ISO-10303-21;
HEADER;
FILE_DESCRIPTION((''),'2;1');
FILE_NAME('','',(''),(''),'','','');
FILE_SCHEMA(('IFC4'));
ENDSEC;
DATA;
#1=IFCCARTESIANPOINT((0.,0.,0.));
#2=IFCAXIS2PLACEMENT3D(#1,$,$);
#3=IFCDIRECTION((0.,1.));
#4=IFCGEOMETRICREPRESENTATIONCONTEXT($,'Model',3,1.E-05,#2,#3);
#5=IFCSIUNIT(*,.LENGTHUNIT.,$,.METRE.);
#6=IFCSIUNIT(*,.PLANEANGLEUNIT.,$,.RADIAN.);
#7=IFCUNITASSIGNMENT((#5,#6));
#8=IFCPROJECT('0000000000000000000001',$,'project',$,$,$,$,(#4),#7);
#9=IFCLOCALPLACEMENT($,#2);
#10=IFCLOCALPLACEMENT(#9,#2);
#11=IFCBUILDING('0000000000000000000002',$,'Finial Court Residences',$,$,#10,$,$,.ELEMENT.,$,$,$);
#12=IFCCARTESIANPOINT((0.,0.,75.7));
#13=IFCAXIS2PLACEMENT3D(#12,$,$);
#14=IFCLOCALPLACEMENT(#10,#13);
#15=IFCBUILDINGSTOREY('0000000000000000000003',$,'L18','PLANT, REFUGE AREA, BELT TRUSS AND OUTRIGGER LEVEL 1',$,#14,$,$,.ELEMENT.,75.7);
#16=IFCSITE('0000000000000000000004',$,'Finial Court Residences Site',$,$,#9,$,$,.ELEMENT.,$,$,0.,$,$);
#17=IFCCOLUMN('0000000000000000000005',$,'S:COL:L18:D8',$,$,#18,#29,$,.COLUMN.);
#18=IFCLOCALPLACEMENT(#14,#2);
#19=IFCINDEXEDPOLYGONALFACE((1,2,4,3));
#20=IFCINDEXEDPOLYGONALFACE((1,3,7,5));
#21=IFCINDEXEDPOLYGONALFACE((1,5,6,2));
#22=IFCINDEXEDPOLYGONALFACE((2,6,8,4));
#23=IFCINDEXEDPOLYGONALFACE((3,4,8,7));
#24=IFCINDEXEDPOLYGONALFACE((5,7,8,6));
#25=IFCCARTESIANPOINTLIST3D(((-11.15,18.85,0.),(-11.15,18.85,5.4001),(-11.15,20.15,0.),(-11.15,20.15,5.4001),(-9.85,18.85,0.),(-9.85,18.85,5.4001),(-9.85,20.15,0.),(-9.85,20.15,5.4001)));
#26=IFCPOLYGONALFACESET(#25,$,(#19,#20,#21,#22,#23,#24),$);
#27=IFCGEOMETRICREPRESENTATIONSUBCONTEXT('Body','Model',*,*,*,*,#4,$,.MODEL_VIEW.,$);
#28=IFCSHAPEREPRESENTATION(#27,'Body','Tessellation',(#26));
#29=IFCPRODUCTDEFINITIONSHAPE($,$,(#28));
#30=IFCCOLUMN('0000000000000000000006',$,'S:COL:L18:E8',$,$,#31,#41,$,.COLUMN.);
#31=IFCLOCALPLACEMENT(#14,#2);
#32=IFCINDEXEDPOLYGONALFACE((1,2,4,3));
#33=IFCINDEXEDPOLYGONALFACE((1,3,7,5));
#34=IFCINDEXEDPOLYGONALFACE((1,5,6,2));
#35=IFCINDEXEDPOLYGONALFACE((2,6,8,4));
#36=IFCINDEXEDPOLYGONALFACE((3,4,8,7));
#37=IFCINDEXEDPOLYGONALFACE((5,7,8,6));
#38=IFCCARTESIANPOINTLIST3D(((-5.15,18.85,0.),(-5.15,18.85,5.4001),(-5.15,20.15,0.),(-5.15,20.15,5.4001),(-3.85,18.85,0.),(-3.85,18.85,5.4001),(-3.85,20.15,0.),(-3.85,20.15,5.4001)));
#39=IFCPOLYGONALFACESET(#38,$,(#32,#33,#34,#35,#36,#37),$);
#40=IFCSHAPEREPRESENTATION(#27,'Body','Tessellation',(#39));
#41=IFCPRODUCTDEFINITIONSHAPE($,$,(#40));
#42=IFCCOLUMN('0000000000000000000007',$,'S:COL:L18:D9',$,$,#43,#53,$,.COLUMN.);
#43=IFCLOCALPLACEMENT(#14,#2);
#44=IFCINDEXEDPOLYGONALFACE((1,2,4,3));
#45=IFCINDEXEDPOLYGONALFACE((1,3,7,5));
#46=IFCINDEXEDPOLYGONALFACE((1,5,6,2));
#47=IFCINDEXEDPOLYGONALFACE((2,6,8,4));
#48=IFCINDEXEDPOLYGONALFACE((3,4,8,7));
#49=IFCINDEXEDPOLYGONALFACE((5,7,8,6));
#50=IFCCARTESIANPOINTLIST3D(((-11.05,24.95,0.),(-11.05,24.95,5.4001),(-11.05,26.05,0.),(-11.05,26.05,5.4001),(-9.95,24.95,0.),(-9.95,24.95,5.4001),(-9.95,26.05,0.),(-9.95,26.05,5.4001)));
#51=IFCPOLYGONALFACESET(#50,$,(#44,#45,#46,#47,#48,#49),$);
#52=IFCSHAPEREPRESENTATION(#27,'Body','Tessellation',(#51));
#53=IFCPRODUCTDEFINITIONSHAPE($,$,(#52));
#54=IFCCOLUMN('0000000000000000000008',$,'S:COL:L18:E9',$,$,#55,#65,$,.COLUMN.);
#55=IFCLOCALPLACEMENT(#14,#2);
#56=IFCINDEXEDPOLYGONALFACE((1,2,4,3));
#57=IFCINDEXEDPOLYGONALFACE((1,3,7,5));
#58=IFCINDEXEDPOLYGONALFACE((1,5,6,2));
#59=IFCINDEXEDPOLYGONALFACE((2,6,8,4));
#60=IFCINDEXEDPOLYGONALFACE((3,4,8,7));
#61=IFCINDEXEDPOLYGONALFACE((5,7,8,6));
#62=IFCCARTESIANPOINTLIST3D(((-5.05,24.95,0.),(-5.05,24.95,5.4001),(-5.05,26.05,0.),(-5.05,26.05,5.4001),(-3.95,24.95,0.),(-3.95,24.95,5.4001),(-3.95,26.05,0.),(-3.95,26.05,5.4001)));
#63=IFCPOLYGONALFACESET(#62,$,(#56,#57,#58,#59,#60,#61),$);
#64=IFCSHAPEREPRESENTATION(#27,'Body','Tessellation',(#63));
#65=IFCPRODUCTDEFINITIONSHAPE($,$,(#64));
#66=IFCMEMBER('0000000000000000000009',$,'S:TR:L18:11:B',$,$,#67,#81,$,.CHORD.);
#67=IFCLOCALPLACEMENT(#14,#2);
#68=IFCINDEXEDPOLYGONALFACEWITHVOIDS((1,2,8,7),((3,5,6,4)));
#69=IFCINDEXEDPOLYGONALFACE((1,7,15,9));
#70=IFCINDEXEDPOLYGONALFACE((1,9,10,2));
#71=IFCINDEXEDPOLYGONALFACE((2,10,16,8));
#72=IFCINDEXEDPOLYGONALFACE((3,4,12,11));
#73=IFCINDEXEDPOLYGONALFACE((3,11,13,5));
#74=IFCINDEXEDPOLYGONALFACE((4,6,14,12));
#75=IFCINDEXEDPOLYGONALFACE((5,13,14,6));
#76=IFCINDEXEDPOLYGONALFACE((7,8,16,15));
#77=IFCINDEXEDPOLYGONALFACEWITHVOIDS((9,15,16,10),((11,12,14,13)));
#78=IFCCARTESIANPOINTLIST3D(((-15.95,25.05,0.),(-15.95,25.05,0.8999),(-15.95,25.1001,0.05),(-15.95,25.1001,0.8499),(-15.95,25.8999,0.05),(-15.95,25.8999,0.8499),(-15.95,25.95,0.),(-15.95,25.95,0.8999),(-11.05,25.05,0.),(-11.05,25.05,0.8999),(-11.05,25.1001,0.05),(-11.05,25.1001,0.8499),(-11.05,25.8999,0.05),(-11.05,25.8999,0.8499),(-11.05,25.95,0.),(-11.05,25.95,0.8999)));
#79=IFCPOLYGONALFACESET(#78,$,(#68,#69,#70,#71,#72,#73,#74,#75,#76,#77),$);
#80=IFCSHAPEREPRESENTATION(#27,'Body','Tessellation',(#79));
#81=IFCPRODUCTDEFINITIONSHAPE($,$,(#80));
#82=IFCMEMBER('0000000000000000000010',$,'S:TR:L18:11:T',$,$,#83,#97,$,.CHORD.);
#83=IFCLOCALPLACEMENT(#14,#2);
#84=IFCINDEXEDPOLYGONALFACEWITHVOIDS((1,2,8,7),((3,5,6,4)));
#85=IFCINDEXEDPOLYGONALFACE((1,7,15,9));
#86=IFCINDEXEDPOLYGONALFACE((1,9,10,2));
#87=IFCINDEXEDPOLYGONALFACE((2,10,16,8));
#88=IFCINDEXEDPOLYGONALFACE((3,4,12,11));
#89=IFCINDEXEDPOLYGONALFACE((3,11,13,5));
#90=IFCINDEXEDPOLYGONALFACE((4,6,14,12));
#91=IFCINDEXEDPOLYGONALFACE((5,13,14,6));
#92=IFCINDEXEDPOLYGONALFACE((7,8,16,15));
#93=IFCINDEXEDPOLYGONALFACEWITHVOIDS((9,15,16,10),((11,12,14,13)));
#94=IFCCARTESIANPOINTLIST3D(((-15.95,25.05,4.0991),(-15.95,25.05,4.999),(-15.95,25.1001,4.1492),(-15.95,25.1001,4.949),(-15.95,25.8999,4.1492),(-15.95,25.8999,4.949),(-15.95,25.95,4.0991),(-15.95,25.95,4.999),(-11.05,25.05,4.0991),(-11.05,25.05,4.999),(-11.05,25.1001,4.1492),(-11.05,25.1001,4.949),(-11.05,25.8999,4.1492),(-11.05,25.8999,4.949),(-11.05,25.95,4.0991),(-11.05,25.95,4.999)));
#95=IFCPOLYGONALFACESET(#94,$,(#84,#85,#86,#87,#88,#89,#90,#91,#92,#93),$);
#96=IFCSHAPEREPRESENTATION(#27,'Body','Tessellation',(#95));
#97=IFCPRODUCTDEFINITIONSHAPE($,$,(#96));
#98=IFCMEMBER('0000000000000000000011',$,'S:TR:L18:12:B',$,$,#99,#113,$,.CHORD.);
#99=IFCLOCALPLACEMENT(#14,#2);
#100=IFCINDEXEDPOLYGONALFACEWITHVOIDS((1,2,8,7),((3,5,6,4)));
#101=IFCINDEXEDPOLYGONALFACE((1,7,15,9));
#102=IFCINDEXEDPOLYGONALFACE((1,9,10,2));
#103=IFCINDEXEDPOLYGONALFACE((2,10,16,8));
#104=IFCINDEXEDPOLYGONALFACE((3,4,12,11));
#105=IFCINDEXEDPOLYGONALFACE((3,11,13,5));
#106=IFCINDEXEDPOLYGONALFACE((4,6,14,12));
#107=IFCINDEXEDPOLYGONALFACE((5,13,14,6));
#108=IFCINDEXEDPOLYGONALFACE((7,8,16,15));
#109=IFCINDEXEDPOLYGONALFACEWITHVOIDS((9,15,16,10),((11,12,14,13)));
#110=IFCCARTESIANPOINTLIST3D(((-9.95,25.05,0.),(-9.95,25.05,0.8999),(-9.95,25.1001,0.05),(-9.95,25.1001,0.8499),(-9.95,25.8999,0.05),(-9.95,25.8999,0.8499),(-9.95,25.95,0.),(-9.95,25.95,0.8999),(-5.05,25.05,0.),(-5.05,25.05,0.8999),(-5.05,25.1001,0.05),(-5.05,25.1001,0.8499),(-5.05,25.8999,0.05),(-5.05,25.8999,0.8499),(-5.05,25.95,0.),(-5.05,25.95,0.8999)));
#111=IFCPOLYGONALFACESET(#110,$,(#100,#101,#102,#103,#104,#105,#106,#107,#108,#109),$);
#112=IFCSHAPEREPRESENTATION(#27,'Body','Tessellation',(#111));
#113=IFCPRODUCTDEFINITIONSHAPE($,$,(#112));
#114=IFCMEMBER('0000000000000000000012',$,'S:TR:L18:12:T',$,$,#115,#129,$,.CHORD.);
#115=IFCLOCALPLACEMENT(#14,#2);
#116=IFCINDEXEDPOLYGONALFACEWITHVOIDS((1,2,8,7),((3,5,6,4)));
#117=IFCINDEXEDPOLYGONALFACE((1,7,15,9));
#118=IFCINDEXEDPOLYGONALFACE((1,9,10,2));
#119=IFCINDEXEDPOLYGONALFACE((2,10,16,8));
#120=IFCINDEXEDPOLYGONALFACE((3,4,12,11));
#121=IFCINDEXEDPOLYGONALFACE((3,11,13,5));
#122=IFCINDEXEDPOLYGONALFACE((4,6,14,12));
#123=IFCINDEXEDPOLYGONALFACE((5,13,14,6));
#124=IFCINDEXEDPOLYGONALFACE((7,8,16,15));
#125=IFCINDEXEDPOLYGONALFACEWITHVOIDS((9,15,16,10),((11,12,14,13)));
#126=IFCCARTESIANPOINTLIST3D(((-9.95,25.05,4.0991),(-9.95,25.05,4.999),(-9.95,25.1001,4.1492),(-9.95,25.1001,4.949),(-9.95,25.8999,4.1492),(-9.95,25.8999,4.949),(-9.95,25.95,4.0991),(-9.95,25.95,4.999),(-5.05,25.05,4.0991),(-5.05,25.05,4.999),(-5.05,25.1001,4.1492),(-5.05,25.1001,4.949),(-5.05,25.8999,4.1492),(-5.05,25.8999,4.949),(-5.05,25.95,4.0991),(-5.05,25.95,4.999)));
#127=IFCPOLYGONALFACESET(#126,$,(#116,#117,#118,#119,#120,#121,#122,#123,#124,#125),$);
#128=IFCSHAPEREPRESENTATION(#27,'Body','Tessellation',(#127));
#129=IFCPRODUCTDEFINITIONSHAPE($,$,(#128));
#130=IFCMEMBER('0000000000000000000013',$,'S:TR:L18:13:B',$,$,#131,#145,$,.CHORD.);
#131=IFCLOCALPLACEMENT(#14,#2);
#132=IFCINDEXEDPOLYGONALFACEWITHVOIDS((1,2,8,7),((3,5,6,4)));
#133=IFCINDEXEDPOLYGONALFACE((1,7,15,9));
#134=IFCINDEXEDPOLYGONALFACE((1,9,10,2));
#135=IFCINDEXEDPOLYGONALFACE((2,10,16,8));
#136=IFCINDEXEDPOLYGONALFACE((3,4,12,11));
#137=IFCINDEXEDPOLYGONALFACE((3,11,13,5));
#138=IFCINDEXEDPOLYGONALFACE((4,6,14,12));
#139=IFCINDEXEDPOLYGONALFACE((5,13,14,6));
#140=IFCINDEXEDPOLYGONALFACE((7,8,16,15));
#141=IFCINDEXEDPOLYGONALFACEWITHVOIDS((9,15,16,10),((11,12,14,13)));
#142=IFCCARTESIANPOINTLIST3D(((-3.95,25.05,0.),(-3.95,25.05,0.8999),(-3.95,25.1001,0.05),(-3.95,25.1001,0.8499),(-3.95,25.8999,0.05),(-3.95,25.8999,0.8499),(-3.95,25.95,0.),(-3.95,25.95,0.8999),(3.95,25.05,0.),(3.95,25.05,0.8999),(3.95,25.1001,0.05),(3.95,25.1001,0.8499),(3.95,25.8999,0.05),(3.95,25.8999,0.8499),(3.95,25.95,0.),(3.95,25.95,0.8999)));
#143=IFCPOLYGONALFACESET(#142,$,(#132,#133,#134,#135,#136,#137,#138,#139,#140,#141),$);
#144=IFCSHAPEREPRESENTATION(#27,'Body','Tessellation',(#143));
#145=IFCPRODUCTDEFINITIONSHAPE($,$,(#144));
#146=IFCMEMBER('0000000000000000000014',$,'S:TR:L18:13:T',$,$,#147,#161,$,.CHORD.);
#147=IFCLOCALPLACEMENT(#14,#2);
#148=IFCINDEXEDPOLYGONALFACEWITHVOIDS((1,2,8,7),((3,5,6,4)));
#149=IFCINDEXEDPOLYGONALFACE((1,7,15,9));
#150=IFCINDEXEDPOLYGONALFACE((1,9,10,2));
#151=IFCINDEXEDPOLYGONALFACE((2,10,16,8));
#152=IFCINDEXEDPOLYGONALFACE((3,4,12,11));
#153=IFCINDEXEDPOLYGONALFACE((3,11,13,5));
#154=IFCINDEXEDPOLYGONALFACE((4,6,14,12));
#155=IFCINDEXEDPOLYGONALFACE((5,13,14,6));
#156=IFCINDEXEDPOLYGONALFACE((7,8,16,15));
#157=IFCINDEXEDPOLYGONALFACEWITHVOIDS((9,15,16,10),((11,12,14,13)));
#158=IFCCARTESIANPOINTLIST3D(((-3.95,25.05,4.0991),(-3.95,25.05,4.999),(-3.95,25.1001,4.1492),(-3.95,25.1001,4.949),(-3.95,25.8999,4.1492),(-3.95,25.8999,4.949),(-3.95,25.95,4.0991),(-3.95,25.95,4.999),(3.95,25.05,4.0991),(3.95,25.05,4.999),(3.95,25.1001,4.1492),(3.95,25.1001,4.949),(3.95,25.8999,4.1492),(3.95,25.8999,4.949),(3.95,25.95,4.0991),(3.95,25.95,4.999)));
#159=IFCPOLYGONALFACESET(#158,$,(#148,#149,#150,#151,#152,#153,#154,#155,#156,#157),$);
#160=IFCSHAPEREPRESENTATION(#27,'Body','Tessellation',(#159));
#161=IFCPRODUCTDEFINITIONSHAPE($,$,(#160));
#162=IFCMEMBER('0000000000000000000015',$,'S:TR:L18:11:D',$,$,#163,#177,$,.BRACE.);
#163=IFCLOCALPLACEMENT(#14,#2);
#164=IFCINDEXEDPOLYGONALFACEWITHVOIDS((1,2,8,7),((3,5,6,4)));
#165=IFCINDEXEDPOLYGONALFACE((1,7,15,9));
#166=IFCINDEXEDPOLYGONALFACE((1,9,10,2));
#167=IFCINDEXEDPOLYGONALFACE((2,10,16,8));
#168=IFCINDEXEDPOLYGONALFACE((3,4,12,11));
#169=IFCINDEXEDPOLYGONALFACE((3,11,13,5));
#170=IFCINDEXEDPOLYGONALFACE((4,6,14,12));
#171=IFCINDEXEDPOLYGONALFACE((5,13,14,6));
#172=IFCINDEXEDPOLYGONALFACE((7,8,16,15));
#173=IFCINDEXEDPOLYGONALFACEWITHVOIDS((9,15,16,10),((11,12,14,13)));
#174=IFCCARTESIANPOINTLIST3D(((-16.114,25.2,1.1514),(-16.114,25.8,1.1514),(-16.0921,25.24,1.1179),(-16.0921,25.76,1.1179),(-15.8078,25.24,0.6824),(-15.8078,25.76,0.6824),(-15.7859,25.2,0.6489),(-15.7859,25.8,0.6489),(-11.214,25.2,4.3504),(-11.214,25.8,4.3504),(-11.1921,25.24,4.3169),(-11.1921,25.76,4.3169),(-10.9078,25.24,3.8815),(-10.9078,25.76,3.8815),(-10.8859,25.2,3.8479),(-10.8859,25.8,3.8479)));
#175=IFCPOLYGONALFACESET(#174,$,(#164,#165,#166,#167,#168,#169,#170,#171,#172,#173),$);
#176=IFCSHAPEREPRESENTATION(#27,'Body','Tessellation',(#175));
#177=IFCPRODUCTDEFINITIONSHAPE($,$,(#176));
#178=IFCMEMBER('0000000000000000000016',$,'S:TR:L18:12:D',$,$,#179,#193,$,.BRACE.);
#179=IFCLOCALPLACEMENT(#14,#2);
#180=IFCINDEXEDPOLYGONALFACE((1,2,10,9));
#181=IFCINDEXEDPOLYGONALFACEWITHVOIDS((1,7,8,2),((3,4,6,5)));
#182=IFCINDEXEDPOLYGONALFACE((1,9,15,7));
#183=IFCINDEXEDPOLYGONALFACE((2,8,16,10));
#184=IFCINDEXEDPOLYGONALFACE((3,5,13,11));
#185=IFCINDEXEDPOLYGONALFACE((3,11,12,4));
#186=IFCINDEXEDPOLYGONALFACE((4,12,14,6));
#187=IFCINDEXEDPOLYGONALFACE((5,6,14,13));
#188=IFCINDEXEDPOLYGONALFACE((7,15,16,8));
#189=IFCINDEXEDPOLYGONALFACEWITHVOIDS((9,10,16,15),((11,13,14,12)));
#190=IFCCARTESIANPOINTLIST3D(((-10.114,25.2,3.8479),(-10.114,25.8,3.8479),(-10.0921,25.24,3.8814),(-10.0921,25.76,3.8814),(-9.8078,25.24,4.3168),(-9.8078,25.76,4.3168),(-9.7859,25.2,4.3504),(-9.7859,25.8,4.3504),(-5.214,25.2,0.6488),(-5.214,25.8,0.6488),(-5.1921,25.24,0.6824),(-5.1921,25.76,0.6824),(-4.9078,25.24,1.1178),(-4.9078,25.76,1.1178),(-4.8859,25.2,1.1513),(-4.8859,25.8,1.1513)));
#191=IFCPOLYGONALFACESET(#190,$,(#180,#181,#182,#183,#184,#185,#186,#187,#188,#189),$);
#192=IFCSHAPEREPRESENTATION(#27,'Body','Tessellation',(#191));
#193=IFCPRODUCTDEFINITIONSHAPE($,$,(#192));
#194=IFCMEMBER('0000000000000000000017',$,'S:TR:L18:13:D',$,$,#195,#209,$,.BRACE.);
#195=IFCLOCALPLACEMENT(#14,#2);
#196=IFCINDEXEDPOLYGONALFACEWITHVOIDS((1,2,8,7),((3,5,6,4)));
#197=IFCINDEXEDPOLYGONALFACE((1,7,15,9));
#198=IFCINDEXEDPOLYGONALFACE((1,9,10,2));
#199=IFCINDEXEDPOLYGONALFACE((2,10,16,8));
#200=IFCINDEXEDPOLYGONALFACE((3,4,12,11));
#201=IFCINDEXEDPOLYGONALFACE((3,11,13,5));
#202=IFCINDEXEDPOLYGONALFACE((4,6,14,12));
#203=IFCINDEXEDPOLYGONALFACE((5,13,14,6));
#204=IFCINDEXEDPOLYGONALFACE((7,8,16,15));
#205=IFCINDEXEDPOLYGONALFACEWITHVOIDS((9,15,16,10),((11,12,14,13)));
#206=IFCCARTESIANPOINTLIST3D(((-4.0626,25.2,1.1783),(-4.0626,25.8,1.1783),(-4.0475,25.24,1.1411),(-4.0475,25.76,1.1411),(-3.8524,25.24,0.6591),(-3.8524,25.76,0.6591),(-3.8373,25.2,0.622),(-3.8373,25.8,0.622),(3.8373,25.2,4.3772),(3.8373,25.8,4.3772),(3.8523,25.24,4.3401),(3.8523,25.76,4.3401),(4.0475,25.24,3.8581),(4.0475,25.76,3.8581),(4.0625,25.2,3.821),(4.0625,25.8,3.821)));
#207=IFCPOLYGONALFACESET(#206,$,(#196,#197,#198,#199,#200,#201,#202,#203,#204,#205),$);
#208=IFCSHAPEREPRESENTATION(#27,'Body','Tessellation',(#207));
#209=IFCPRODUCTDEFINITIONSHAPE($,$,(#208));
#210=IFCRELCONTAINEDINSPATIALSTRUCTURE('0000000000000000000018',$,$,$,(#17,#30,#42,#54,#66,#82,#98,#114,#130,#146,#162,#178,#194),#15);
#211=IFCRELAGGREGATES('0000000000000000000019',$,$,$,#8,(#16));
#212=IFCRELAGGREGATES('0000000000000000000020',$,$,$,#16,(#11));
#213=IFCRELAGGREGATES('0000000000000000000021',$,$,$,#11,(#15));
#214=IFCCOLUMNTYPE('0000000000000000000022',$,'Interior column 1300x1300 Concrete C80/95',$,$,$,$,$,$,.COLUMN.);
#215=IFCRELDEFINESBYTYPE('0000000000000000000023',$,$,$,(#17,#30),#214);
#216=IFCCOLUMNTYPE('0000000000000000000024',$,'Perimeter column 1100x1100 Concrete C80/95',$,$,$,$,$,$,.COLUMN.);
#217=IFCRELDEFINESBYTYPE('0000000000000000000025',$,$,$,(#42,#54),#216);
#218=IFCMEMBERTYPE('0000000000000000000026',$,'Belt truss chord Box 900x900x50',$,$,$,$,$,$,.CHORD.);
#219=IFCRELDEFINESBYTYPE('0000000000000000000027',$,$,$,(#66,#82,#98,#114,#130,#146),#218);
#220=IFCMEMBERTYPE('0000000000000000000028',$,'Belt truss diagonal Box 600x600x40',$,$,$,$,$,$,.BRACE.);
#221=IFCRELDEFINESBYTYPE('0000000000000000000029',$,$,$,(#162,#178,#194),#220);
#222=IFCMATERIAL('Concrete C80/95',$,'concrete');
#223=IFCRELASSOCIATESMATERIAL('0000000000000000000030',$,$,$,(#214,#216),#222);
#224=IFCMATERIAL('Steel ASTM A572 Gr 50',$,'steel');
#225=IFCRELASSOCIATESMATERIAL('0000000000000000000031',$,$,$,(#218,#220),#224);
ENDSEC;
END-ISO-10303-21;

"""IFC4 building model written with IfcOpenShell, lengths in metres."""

from ifc_helpers import new_model, si_unit, direction, frame, origin, origin_2d, place, context, subcontext, project, spatial, rectangle, hollow_rectangle, extrude, material, material_profile, profile_set, type_object, element, save


model = new_model("IFC4")

# Units and contexts
model_context = context("Model", 3, precision=1e-05, world=origin(), true_north=direction((0.0, 1.0)))
body_context = subcontext(model_context, "Body", "Model", "MODEL_VIEW")
ifc_project = project(units=[si_unit("LENGTHUNIT", "METRE"), si_unit("PLANEANGLEUNIT", "RADIAN")], contexts=[model_context])

# Site, building, storey
site_placement = place(None, origin())
site = spatial("IfcSite", under=ifc_project, at=site_placement, Name="Finial Court Residences Site", CompositionType="ELEMENT", RefElevation=0.0)
building_placement = place(site_placement, origin())
building = spatial("IfcBuilding", under=site, at=building_placement, Name="Finial Court Residences", CompositionType="ELEMENT")
storey_placement = place(building_placement, frame((0.0, 0.0, 75.7)))
storey = spatial("IfcBuildingStorey", under=building, at=storey_placement, Name="L18", Description="PLANT, REFUGE AREA, BELT TRUSS AND OUTRIGGER LEVEL 1", CompositionType="ELEMENT", Elevation=75.7)

# Columns
ifc_material_1 = material(Name="Concrete C80/95", Category="concrete")
ifc_material_profile_1 = material_profile(ifc_material_1, rectangle(XDim=1.3, YDim=1.3, at=origin_2d()), Name="1300x1300")
ifc_profile_set_1 = profile_set([ifc_material_profile_1], Name="Concrete C80/95")
column_type_1 = type_object("IfcColumnType", Name="Interior column 1300x1300 Concrete C80/95", PredefinedType="COLUMN", material=ifc_profile_set_1)
for number, where, z_axis, x_axis, name in (
    (1, (-10.5, 19.5, 0.0), (0.0, 0.0, 1.0), (1.0, 0.0, 0.0), "S:COL:L18:D8"),
    (2, (-4.5, 19.5, 0.0), (0.0, 0.0, 1.0), (1.0, 0.0, 0.0), "S:COL:L18:E8"),
):
    element("IfcColumn", number, at=place(storey_placement, frame(where, z_axis=z_axis, x_axis=x_axis)), inside=storey, type_object=column_type_1, Name=name, PredefinedType="COLUMN", context=body_context, shape_type="SweptSolid", body=[
        extrude(rectangle(XDim=1.3, YDim=1.3, at=origin_2d()), origin(), (0.0, 0.0, 1.0), 5.4001),
    ])
ifc_material_profile_2 = material_profile(ifc_material_1, rectangle(XDim=1.1001, YDim=1.1001, at=origin_2d()), Name="1100x1100")
ifc_profile_set_2 = profile_set([ifc_material_profile_2], Name="Concrete C80/95")
column_type_2 = type_object("IfcColumnType", Name="Perimeter column 1100x1100 Concrete C80/95", PredefinedType="COLUMN", material=ifc_profile_set_2)
for number, where, z_axis, x_axis, name in (
    (3, (-10.5, 25.5, 0.0), (0.0, 0.0, 1.0), (1.0, 0.0, 0.0), "S:COL:L18:D9"),
    (4, (-4.5, 25.5, 0.0), (0.0, 0.0, 1.0), (1.0, 0.0, 0.0), "S:COL:L18:E9"),
):
    element("IfcColumn", number, at=place(storey_placement, frame(where, z_axis=z_axis, x_axis=x_axis)), inside=storey, type_object=column_type_2, Name=name, PredefinedType="COLUMN", context=body_context, shape_type="SweptSolid", body=[
        extrude(rectangle(XDim=1.1001, YDim=1.1001, at=origin_2d()), origin(), (0.0, 0.0, 1.0), 5.4001),
    ])

# Members
ifc_material_2 = material(Name="Steel ASTM A572 Gr 50", Category="steel")
ifc_material_profile_3 = material_profile(ifc_material_2, hollow_rectangle(XDim=0.8999, YDim=0.8999, WallThickness=0.05, at=origin_2d()), Name="Box 900x900x50")
ifc_profile_set_3 = profile_set([ifc_material_profile_3], Name="Steel ASTM A572 Gr 50")
member_type_1 = type_object("IfcMemberType", Name="Belt truss chord Box 900x900x50", PredefinedType="CHORD", material=ifc_profile_set_3)
for number, where, z_axis, x_axis, name in (
    (5, (-15.95, 25.5, 0.45), (1.0, 0.0, 0.0), (0.0, 1.0, 0.0), "S:TR:L18:11:B"),
    (6, (-15.95, 25.5, 4.5491), (1.0, 0.0, 0.0), (0.0, 1.0, 0.0), "S:TR:L18:11:T"),
    (7, (-9.95, 25.5, 0.45), (1.0, 0.0, 0.0), (0.0, 1.0, 0.0), "S:TR:L18:12:B"),
    (8, (-9.95, 25.5, 4.5491), (1.0, 0.0, 0.0), (0.0, 1.0, 0.0), "S:TR:L18:12:T"),
):
    element("IfcMember", number, at=place(storey_placement, frame(where, z_axis=z_axis, x_axis=x_axis)), inside=storey, type_object=member_type_1, Name=name, PredefinedType="CHORD", context=body_context, shape_type="SweptSolid", body=[
        extrude(hollow_rectangle(XDim=0.8999, YDim=0.8999, WallThickness=0.05, at=origin_2d()), origin(), (0.0, 0.0, 1.0), 4.8999),
    ])
for number, where, z_axis, x_axis, name in (
    (9, (-3.95, 25.5, 0.45), (1.0, 0.0, 0.0), (0.0, 1.0, 0.0), "S:TR:L18:13:B"),
    (10, (-3.95, 25.5, 4.5491), (1.0, 0.0, 0.0), (0.0, 1.0, 0.0), "S:TR:L18:13:T"),
):
    element("IfcMember", number, at=place(storey_placement, frame(where, z_axis=z_axis, x_axis=x_axis)), inside=storey, type_object=member_type_1, Name=name, PredefinedType="CHORD", context=body_context, shape_type="SweptSolid", body=[
        extrude(hollow_rectangle(XDim=0.8999, YDim=0.8999, WallThickness=0.05, at=origin_2d()), origin(), (0.0, 0.0, 1.0), 7.8999),
    ])
ifc_material_profile_4 = material_profile(ifc_material_2, hollow_rectangle(XDim=0.6001, YDim=0.6001, WallThickness=0.04, at=origin_2d()), Name="Box 600x600x40")
ifc_profile_set_4 = profile_set([ifc_material_profile_4], Name="Steel ASTM A572 Gr 50")
member_type_2 = type_object("IfcMemberType", Name="Belt truss diagonal Box 600x600x40", PredefinedType="BRACE", material=ifc_profile_set_4)
for number, where, z_axis, x_axis, name in (
    (11, (-15.95, 25.5, 0.9001), (0.837346, 0.0, 0.546674), (0.0, 1.0, 0.0), "S:TR:L18:11:D"),
    (12, (-9.95, 25.5, 4.0991), (0.837346, 0.0, -0.546674), (0.0, 1.0, 0.0), "S:TR:L18:12:D"),
):
    element("IfcMember", number, at=place(storey_placement, frame(where, z_axis=z_axis, x_axis=x_axis)), inside=storey, type_object=member_type_2, Name=name, PredefinedType="BRACE", context=body_context, shape_type="SweptSolid", body=[
        extrude(hollow_rectangle(XDim=0.6001, YDim=0.6001, WallThickness=0.04, at=origin_2d()), origin(), (0.0, 0.0, 1.0), 5.8518),
    ])
member_placement = place(storey_placement, frame((-3.95, 25.5, 0.9001), z_axis=(0.92689, 0.0, 0.375333), x_axis=(0.0, 1.0, 0.0)))
element("IfcMember", 13, at=member_placement, inside=storey, type_object=member_type_2, Name="S:TR:L18:13:D", PredefinedType="BRACE", context=body_context, shape_type="SweptSolid", body=[
    extrude(hollow_rectangle(XDim=0.6001, YDim=0.6001, WallThickness=0.04, at=origin_2d()), origin(), (0.0, 0.0, 1.0), 8.5229),
])

save(model, "model.ifc")
